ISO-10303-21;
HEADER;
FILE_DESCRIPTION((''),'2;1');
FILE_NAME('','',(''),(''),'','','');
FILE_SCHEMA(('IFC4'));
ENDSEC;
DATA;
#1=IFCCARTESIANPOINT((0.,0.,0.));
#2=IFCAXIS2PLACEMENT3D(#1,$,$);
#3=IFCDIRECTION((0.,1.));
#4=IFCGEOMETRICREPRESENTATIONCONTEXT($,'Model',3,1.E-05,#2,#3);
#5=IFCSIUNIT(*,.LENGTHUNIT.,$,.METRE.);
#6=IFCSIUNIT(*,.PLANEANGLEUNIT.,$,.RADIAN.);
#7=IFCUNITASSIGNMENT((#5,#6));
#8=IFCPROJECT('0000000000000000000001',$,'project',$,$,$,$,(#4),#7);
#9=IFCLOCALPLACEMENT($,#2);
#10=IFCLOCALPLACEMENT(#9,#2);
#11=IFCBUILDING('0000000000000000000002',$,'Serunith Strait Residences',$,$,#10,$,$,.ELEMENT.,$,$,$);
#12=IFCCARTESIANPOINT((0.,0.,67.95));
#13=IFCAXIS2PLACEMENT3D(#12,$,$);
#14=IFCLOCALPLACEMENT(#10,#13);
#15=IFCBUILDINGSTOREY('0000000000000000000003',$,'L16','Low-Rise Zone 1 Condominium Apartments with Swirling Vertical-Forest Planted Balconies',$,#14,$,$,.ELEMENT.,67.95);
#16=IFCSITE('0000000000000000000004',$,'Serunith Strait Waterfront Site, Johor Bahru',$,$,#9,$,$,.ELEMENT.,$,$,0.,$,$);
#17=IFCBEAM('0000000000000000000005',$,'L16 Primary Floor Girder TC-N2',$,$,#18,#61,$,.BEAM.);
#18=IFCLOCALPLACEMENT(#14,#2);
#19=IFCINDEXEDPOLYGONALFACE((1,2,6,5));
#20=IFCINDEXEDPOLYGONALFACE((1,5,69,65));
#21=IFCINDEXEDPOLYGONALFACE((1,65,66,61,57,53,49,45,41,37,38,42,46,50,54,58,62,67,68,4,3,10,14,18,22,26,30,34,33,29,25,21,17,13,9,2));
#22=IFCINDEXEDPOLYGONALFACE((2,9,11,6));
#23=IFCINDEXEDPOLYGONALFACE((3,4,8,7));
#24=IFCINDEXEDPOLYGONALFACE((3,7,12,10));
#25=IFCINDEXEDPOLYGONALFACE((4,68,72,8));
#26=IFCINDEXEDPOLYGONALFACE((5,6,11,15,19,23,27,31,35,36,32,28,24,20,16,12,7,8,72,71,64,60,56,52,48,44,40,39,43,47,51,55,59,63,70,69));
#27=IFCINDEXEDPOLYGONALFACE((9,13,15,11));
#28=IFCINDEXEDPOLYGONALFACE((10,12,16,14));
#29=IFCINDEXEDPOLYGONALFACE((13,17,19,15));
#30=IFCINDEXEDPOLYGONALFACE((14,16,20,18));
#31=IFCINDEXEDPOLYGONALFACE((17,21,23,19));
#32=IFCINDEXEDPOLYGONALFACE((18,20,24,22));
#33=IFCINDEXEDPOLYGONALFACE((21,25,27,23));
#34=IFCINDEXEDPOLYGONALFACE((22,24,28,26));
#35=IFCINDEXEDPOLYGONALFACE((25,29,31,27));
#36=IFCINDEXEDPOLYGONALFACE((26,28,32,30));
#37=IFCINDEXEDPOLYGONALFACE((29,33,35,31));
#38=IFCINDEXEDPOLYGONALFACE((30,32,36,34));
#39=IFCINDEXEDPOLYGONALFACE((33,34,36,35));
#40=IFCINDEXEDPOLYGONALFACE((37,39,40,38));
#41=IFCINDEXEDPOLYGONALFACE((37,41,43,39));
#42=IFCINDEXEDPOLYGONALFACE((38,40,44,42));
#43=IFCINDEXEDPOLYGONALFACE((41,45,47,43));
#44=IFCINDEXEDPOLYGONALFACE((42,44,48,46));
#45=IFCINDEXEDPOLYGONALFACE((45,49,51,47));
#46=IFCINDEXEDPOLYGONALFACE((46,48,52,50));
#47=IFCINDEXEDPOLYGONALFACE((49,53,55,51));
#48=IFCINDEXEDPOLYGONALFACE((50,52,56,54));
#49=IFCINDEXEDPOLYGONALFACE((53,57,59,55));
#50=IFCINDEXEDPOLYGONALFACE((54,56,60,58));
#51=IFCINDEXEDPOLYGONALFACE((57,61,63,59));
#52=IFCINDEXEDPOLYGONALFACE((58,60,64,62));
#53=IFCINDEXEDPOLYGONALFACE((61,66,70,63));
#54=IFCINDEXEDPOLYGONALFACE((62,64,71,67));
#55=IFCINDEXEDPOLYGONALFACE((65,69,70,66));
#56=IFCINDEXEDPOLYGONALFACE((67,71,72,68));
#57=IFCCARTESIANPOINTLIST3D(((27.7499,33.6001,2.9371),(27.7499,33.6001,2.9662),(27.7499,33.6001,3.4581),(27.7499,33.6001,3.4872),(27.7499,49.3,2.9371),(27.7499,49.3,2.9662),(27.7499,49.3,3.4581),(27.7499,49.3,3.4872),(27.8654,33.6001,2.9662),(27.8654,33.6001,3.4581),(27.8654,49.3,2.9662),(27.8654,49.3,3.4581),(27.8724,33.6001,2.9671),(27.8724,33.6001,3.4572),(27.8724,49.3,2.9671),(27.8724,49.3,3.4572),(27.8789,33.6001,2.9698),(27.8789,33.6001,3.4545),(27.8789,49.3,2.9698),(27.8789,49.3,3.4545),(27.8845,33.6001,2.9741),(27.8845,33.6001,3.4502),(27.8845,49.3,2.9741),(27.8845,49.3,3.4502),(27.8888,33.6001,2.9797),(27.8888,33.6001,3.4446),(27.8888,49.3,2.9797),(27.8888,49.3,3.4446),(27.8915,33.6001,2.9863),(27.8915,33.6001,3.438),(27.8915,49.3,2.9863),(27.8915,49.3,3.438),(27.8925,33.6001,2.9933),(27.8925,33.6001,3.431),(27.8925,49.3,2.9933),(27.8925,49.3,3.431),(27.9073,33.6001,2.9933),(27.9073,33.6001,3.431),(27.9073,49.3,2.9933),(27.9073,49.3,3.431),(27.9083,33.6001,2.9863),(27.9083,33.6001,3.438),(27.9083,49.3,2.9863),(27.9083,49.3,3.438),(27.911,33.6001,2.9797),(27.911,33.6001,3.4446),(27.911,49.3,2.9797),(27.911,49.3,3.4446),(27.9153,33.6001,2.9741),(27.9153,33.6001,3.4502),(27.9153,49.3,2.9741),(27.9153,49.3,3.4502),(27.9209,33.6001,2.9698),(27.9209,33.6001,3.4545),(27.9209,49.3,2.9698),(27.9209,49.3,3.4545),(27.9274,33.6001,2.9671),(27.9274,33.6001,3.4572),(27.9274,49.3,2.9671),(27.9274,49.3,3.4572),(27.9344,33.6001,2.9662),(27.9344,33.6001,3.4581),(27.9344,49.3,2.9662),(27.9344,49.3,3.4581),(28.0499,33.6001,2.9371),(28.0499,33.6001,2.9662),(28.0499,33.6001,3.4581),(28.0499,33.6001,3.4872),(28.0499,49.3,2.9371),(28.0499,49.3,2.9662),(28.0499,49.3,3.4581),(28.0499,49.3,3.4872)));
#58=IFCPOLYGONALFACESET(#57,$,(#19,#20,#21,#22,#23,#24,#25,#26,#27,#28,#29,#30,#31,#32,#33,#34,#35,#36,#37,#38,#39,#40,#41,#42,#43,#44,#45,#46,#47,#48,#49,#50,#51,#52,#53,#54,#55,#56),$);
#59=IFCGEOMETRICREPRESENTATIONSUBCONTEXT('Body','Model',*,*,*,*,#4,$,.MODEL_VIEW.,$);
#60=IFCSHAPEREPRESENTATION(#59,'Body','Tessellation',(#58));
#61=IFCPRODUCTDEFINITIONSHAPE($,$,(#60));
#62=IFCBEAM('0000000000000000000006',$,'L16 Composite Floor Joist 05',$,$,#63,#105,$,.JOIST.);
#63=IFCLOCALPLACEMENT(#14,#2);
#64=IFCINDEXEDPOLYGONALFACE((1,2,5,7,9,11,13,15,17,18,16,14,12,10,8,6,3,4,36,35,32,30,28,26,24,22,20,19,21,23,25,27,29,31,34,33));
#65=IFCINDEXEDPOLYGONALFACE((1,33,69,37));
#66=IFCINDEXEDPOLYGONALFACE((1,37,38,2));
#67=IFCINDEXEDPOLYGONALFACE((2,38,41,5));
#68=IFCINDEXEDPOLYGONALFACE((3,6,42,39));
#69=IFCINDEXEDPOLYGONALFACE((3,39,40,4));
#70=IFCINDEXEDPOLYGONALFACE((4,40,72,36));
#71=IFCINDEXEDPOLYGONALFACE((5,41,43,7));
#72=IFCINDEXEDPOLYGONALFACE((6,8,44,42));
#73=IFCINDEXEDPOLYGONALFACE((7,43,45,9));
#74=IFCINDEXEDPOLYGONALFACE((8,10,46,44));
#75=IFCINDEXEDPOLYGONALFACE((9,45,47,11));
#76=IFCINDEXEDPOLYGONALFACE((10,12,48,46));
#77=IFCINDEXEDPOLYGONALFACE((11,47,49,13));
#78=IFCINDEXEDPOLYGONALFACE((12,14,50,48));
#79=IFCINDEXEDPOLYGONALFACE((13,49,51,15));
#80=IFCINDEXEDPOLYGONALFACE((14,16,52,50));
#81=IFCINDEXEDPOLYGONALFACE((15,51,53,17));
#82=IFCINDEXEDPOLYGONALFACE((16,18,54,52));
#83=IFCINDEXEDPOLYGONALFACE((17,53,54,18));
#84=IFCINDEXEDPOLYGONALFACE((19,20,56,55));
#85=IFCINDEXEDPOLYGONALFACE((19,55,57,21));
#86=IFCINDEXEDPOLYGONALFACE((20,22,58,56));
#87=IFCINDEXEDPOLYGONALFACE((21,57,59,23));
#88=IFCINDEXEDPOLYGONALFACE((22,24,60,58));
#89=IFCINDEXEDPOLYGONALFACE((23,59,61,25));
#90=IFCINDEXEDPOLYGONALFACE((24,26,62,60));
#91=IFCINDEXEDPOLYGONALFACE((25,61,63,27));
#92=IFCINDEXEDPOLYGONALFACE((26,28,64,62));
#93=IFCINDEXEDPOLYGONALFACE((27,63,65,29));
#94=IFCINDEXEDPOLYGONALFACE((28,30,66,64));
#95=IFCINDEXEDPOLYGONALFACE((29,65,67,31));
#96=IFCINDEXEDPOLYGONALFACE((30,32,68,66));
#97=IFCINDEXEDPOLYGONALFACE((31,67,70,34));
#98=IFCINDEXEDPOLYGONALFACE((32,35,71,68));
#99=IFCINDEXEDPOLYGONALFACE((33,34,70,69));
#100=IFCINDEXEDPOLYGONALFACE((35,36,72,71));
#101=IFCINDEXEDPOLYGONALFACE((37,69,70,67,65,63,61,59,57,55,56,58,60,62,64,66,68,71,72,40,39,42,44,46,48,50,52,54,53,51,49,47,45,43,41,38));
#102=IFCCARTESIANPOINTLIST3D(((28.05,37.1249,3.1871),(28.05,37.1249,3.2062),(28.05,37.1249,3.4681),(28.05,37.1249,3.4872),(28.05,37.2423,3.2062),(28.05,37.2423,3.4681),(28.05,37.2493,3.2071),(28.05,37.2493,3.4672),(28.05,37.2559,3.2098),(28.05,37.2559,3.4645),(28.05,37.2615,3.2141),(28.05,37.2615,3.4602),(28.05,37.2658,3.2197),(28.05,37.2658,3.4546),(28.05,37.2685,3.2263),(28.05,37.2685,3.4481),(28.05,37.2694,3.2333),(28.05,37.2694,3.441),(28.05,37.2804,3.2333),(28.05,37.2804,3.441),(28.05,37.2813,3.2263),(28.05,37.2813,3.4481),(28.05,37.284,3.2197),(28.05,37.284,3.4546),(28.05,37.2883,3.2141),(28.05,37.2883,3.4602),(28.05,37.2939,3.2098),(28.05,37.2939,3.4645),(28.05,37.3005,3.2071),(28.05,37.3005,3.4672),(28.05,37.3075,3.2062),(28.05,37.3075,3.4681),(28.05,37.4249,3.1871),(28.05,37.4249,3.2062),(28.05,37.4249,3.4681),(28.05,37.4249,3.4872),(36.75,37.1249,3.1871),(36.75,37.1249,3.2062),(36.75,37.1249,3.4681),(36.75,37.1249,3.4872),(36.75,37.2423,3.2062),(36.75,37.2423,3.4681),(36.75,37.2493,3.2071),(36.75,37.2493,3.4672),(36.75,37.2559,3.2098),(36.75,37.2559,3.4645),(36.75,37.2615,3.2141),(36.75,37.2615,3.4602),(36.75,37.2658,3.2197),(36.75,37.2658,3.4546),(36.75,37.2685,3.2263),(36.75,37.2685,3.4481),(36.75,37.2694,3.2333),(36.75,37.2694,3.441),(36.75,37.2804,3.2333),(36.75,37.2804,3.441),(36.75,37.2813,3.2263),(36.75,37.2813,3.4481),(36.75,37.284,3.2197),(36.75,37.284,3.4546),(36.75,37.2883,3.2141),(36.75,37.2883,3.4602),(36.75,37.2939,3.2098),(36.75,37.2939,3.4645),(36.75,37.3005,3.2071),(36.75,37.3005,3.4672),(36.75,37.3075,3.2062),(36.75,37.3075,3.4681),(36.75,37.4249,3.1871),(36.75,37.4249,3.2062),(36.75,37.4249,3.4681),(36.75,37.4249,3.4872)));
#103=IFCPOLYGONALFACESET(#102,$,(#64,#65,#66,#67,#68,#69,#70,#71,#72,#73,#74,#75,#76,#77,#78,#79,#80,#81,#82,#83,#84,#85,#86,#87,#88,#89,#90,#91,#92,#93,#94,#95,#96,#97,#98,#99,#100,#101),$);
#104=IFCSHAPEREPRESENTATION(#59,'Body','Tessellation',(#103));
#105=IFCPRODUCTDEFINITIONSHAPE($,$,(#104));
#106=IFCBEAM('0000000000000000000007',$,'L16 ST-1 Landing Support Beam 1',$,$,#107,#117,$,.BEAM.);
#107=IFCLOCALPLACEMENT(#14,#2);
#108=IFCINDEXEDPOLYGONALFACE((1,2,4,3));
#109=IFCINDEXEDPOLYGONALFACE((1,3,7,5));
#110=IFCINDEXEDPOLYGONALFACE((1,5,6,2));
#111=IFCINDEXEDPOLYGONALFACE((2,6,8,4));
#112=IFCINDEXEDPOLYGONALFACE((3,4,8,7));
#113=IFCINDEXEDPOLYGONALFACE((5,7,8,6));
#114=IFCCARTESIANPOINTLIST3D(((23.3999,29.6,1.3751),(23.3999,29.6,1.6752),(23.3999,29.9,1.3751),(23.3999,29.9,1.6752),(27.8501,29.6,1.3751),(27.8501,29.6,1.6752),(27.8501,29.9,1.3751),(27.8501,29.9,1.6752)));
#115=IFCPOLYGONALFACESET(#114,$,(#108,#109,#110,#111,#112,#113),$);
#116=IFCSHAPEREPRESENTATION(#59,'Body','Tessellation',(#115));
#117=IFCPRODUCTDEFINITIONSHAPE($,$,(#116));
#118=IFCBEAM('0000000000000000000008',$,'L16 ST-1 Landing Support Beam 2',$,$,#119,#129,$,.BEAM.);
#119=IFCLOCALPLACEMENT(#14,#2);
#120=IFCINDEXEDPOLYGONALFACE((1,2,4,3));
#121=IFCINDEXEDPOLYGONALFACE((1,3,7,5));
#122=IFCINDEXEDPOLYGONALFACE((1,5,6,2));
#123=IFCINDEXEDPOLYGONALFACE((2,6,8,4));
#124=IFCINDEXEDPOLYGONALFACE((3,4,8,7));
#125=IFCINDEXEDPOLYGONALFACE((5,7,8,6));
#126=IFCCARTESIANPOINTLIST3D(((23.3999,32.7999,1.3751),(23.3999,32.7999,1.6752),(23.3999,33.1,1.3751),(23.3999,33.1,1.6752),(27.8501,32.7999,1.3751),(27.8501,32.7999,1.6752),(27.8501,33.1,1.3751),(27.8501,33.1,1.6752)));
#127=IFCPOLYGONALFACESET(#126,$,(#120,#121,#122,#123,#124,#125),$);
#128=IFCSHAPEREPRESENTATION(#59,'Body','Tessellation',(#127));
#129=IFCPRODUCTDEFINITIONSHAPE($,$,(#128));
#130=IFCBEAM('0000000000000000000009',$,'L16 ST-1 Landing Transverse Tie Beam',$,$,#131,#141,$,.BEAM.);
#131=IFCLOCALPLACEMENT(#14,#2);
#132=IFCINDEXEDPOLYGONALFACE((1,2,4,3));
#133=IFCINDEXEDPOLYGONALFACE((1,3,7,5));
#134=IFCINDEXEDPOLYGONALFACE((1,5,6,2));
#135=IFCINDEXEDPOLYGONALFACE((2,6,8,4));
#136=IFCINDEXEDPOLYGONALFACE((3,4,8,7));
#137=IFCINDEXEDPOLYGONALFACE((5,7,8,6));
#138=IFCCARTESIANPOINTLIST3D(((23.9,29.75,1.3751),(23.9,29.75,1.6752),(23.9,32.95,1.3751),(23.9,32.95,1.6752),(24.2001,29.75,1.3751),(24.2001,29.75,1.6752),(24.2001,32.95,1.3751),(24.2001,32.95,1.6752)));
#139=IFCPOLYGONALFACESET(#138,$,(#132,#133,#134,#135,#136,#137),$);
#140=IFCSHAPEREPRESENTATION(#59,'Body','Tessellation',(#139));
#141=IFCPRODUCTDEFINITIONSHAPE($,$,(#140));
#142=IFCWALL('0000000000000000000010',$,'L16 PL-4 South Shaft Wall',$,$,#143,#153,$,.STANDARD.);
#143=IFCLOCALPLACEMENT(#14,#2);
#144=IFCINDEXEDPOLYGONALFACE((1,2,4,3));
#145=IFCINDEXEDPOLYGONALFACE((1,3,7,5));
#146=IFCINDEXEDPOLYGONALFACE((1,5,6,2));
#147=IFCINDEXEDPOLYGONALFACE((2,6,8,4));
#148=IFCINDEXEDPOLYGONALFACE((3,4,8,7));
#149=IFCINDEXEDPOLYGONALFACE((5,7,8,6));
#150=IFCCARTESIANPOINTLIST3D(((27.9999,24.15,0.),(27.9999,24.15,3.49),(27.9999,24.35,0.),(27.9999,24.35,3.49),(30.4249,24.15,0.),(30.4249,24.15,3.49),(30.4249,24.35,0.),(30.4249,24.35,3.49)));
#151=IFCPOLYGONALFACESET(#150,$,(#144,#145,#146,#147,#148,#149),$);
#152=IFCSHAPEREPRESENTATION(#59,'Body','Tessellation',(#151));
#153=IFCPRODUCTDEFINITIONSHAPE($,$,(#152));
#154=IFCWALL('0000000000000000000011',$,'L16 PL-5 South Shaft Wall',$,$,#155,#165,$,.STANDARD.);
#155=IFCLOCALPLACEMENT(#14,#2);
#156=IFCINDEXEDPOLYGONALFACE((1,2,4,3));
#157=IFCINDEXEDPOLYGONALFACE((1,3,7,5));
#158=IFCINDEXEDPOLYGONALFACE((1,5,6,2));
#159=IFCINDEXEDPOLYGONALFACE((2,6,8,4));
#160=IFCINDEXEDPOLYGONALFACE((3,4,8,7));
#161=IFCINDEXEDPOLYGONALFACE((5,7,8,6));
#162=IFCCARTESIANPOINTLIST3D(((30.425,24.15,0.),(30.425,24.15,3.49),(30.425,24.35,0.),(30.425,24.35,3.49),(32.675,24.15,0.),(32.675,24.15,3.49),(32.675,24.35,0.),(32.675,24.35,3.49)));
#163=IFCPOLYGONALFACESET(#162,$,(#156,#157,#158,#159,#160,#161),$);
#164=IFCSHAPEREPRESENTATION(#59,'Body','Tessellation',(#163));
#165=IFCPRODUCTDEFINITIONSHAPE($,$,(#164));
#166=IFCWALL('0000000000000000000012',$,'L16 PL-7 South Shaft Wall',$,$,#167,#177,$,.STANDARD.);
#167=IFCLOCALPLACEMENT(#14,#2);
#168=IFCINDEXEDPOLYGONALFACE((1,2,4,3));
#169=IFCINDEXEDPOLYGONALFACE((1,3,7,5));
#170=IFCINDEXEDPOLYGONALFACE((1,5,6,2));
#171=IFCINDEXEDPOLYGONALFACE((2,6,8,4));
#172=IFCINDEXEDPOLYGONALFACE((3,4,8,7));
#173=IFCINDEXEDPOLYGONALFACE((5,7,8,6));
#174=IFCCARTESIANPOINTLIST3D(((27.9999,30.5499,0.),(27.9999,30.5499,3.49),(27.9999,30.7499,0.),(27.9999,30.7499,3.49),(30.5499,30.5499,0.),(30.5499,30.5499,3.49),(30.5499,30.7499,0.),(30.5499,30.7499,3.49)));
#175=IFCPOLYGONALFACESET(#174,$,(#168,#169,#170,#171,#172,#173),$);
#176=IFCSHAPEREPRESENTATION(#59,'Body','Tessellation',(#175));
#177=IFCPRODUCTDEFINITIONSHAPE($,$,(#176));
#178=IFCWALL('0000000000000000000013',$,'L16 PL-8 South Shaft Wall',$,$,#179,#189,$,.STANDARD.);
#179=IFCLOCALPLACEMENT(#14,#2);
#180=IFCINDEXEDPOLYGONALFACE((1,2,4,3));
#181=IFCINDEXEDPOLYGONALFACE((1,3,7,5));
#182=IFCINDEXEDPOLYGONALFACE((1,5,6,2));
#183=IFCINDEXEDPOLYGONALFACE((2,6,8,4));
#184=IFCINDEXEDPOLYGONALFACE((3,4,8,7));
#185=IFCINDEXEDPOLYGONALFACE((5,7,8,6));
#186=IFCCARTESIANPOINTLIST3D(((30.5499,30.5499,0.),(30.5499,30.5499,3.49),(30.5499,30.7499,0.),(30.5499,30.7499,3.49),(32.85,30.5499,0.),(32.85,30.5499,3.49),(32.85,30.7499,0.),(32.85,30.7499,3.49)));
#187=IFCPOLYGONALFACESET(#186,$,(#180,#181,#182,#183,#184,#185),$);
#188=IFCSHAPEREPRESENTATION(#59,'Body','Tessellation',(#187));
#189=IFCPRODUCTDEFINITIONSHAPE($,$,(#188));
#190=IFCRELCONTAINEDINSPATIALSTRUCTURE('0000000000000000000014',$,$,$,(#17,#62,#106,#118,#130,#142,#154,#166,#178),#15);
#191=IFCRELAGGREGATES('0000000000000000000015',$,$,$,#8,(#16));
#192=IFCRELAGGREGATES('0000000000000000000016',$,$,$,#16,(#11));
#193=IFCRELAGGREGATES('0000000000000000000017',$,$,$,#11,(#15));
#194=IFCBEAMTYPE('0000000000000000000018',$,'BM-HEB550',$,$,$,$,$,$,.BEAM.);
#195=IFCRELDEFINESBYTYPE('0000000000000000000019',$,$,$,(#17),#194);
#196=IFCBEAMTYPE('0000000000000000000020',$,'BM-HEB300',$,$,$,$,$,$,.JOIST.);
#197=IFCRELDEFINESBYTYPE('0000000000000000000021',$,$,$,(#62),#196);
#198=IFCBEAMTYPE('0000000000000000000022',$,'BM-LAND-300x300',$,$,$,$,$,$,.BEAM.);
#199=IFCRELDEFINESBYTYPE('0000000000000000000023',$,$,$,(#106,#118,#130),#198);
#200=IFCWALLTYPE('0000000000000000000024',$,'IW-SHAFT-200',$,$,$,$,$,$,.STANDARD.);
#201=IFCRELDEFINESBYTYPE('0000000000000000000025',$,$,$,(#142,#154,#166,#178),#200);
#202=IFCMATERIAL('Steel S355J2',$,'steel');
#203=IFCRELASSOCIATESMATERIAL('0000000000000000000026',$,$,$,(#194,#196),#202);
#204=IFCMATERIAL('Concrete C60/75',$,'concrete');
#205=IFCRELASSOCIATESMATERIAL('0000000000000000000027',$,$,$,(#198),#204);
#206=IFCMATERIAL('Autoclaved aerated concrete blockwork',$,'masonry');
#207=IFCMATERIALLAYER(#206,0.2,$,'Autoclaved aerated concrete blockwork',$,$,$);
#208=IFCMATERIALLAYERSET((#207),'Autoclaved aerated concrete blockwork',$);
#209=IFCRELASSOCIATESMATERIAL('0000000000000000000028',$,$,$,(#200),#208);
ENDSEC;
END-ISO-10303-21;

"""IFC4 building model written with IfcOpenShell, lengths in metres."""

from ifc_helpers import new_model, si_unit, direction, frame, frame_2d, origin, origin_2d, place, context, subcontext, project, spatial, rectangle, i_section, extrude, source, transform, mapped, material, layer, layer_set, material_profile, profile_set, type_object, element, save


model = new_model("IFC4")

# Units and contexts
model_context = context("Model", 3, precision=1e-05, world=origin(), true_north=direction((0.0, 1.0)))
body_context = subcontext(model_context, "Body", "Model", "MODEL_VIEW")
ifc_project = project(units=[si_unit("LENGTHUNIT", "METRE"), si_unit("PLANEANGLEUNIT", "RADIAN")], contexts=[model_context])

# Site, building, storey
site_placement = place(None, origin())
site = spatial("IfcSite", under=ifc_project, at=site_placement, Name="Serunith Strait Waterfront Site, Johor Bahru", CompositionType="ELEMENT", RefElevation=0.0)
building_placement = place(site_placement, origin())
building = spatial("IfcBuilding", under=site, at=building_placement, Name="Serunith Strait Residences", CompositionType="ELEMENT")
storey_placement = place(building_placement, frame((0.0, 0.0, 67.95)))
storey = spatial("IfcBuildingStorey", under=building, at=storey_placement, Name="L16", Description="Low-Rise Zone 1 Condominium Apartments with Swirling Vertical-Forest Planted Balconies", CompositionType="ELEMENT", Elevation=67.95)

# Beams
ifc_material_1 = material(Name="Steel S355J2", Category="steel")
ifc_material_profile_1 = material_profile(ifc_material_1, i_section(OverallWidth=0.3, OverallDepth=0.55, WebThickness=0.0149, FlangeThickness=0.0291, FilletRadius=0.0271, at=origin_2d()), Name="HEB 550")
ifc_profile_set_1 = profile_set([ifc_material_profile_1], Name="Steel S355J2")
beam_type_1 = type_object("IfcBeamType", Name="BM-HEB550", PredefinedType="BEAM", material=ifc_profile_set_1)
shared_shape_1 = source(origin(), body_context, "Body", "SweptSolid", [
    extrude(i_section(OverallWidth=0.3, OverallDepth=0.55, WebThickness=0.0149, FlangeThickness=0.0291, FilletRadius=0.0271, at=origin_2d()), origin(), (0.0, 0.0, 1.0), 15.7),
])
beam_1_placement = place(storey_placement, frame((27.8999, 33.6001, 3.2122), z_axis=(0.0, 1.0, 0.0), x_axis=(-1.0, 0.0, 0.0)))
element("IfcBeam", 1, at=beam_1_placement, inside=storey, type_object=beam_type_1, Name="L16 Primary Floor Girder TC-N2", PredefinedType="BEAM", context=body_context, shape_type="MappedRepresentation", body=[
    mapped(shared_shape_1, transform((0.0, 0.0, 0.0), scale=1.0)),
])
ifc_material_profile_2 = material_profile(ifc_material_1, i_section(OverallWidth=0.3, OverallDepth=0.3, WebThickness=0.011, FlangeThickness=0.019, FilletRadius=0.0271, at=origin_2d()), Name="HEB 300")
ifc_profile_set_2 = profile_set([ifc_material_profile_2], Name="Steel S355J2")
beam_type_2 = type_object("IfcBeamType", Name="BM-HEB300", PredefinedType="JOIST", material=ifc_profile_set_2)
shared_shape_2 = source(origin(), body_context, "Body", "SweptSolid", [
    extrude(i_section(OverallWidth=0.3, OverallDepth=0.3, WebThickness=0.011, FlangeThickness=0.019, FilletRadius=0.0271, at=origin_2d()), origin(), (0.0, 0.0, 1.0), 8.7),
])
beam_2_placement = place(storey_placement, frame((28.05, 37.2749, 3.3372), z_axis=(1.0, 0.0, 0.0), x_axis=(0.0, 1.0, 0.0)))
element("IfcBeam", 2, at=beam_2_placement, inside=storey, type_object=beam_type_2, Name="L16 Composite Floor Joist 05", PredefinedType="JOIST", context=body_context, shape_type="MappedRepresentation", body=[
    mapped(shared_shape_2, transform((0.0, 0.0, 0.0), scale=1.0)),
])
ifc_material_2 = material(Name="Concrete C60/75", Category="concrete")
ifc_material_profile_3 = material_profile(ifc_material_2, rectangle(XDim=0.3, YDim=0.3, at=origin_2d()), Name="RC 300x300")
ifc_profile_set_3 = profile_set([ifc_material_profile_3], Name="Concrete C60/75")
beam_type_3 = type_object("IfcBeamType", Name="BM-LAND-300x300", PredefinedType="BEAM", material=ifc_profile_set_3)
shared_shape_3 = source(origin(), body_context, "Body", "SweptSolid", [
    extrude(rectangle(XDim=0.3, YDim=0.3, at=origin_2d()), origin(), (0.0, 0.0, 1.0), 4.4502),
])
for number, where, z_axis, x_axis, name in (
    (3, (23.3999, 29.75, 1.5251), (1.0, 0.0, 0.0), (0.0, 1.0, 0.0), "L16 ST-1 Landing Support Beam 1"),
    (4, (23.3999, 32.95, 1.5251), (1.0, 0.0, 0.0), (0.0, 1.0, 0.0), "L16 ST-1 Landing Support Beam 2"),
):
    element("IfcBeam", number, at=place(storey_placement, frame(where, z_axis=z_axis, x_axis=x_axis)), inside=storey, type_object=beam_type_3, Name=name, PredefinedType="BEAM", context=body_context, shape_type="MappedRepresentation", body=[
        mapped(shared_shape_3, transform((0.0, 0.0, 0.0), scale=1.0)),
    ])
shared_shape_4 = source(origin(), body_context, "Body", "SweptSolid", [
    extrude(rectangle(XDim=0.3, YDim=0.3, at=origin_2d()), origin(), (0.0, 0.0, 1.0), 3.2),
])
beam_3_placement = place(storey_placement, frame((24.05, 29.75, 1.5251), z_axis=(0.0, 1.0, 0.0), x_axis=(-1.0, 0.0, 0.0)))
element("IfcBeam", 5, at=beam_3_placement, inside=storey, type_object=beam_type_3, Name="L16 ST-1 Landing Transverse Tie Beam", PredefinedType="BEAM", context=body_context, shape_type="MappedRepresentation", body=[
    mapped(shared_shape_4, transform((0.0, 0.0, 0.0), scale=1.0)),
])

# Walls
ifc_material_3 = material(Name="Autoclaved aerated concrete blockwork", Category="masonry")
ifc_layer = layer(ifc_material_3, 0.2, Name="Autoclaved aerated concrete blockwork")
ifc_layer_set = layer_set([ifc_layer], Name="Autoclaved aerated concrete blockwork")
wall_type = type_object("IfcWallType", Name="IW-SHAFT-200", PredefinedType="STANDARD", material=ifc_layer_set)
wall_1_placement = place(storey_placement, frame((28.0, 24.25, 0.0), z_axis=(0.0, 0.0, 1.0), x_axis=(1.0, 0.0, 0.0)))
element("IfcWall", 6, at=wall_1_placement, inside=storey, type_object=wall_type, Name="L16 PL-4 South Shaft Wall", PredefinedType="STANDARD", context=body_context, shape_type="SweptSolid", body=[
    extrude(rectangle(XDim=2.425, YDim=0.2, at=frame_2d((1.2124, 0.0))), origin(), (0.0, 0.0, 1.0), 3.49),
])
wall_2_placement = place(storey_placement, frame((30.425, 24.25, 0.0), z_axis=(0.0, 0.0, 1.0), x_axis=(1.0, 0.0, 0.0)))
element("IfcWall", 7, at=wall_2_placement, inside=storey, type_object=wall_type, Name="L16 PL-5 South Shaft Wall", PredefinedType="STANDARD", context=body_context, shape_type="SweptSolid", body=[
    extrude(rectangle(XDim=2.25, YDim=0.2, at=frame_2d((1.125, 0.0))), origin(), (0.0, 0.0, 1.0), 3.49),
])
wall_3_placement = place(storey_placement, frame((28.0, 30.6499, 0.0), z_axis=(0.0, 0.0, 1.0), x_axis=(1.0, 0.0, 0.0)))
element("IfcWall", 8, at=wall_3_placement, inside=storey, type_object=wall_type, Name="L16 PL-7 South Shaft Wall", PredefinedType="STANDARD", context=body_context, shape_type="SweptSolid", body=[
    extrude(rectangle(XDim=2.55, YDim=0.2, at=frame_2d((1.2749, 0.0))), origin(), (0.0, 0.0, 1.0), 3.49),
])
wall_4_placement = place(storey_placement, frame((30.55, 30.6499, 0.0), z_axis=(0.0, 0.0, 1.0), x_axis=(1.0, 0.0, 0.0)))
element("IfcWall", 9, at=wall_4_placement, inside=storey, type_object=wall_type, Name="L16 PL-8 South Shaft Wall", PredefinedType="STANDARD", context=body_context, shape_type="SweptSolid", body=[
    extrude(rectangle(XDim=2.3, YDim=0.2, at=frame_2d((1.1499, 0.0))), origin(), (0.0, 0.0, 1.0), 3.49),
])

save(model, "model.ifc")
